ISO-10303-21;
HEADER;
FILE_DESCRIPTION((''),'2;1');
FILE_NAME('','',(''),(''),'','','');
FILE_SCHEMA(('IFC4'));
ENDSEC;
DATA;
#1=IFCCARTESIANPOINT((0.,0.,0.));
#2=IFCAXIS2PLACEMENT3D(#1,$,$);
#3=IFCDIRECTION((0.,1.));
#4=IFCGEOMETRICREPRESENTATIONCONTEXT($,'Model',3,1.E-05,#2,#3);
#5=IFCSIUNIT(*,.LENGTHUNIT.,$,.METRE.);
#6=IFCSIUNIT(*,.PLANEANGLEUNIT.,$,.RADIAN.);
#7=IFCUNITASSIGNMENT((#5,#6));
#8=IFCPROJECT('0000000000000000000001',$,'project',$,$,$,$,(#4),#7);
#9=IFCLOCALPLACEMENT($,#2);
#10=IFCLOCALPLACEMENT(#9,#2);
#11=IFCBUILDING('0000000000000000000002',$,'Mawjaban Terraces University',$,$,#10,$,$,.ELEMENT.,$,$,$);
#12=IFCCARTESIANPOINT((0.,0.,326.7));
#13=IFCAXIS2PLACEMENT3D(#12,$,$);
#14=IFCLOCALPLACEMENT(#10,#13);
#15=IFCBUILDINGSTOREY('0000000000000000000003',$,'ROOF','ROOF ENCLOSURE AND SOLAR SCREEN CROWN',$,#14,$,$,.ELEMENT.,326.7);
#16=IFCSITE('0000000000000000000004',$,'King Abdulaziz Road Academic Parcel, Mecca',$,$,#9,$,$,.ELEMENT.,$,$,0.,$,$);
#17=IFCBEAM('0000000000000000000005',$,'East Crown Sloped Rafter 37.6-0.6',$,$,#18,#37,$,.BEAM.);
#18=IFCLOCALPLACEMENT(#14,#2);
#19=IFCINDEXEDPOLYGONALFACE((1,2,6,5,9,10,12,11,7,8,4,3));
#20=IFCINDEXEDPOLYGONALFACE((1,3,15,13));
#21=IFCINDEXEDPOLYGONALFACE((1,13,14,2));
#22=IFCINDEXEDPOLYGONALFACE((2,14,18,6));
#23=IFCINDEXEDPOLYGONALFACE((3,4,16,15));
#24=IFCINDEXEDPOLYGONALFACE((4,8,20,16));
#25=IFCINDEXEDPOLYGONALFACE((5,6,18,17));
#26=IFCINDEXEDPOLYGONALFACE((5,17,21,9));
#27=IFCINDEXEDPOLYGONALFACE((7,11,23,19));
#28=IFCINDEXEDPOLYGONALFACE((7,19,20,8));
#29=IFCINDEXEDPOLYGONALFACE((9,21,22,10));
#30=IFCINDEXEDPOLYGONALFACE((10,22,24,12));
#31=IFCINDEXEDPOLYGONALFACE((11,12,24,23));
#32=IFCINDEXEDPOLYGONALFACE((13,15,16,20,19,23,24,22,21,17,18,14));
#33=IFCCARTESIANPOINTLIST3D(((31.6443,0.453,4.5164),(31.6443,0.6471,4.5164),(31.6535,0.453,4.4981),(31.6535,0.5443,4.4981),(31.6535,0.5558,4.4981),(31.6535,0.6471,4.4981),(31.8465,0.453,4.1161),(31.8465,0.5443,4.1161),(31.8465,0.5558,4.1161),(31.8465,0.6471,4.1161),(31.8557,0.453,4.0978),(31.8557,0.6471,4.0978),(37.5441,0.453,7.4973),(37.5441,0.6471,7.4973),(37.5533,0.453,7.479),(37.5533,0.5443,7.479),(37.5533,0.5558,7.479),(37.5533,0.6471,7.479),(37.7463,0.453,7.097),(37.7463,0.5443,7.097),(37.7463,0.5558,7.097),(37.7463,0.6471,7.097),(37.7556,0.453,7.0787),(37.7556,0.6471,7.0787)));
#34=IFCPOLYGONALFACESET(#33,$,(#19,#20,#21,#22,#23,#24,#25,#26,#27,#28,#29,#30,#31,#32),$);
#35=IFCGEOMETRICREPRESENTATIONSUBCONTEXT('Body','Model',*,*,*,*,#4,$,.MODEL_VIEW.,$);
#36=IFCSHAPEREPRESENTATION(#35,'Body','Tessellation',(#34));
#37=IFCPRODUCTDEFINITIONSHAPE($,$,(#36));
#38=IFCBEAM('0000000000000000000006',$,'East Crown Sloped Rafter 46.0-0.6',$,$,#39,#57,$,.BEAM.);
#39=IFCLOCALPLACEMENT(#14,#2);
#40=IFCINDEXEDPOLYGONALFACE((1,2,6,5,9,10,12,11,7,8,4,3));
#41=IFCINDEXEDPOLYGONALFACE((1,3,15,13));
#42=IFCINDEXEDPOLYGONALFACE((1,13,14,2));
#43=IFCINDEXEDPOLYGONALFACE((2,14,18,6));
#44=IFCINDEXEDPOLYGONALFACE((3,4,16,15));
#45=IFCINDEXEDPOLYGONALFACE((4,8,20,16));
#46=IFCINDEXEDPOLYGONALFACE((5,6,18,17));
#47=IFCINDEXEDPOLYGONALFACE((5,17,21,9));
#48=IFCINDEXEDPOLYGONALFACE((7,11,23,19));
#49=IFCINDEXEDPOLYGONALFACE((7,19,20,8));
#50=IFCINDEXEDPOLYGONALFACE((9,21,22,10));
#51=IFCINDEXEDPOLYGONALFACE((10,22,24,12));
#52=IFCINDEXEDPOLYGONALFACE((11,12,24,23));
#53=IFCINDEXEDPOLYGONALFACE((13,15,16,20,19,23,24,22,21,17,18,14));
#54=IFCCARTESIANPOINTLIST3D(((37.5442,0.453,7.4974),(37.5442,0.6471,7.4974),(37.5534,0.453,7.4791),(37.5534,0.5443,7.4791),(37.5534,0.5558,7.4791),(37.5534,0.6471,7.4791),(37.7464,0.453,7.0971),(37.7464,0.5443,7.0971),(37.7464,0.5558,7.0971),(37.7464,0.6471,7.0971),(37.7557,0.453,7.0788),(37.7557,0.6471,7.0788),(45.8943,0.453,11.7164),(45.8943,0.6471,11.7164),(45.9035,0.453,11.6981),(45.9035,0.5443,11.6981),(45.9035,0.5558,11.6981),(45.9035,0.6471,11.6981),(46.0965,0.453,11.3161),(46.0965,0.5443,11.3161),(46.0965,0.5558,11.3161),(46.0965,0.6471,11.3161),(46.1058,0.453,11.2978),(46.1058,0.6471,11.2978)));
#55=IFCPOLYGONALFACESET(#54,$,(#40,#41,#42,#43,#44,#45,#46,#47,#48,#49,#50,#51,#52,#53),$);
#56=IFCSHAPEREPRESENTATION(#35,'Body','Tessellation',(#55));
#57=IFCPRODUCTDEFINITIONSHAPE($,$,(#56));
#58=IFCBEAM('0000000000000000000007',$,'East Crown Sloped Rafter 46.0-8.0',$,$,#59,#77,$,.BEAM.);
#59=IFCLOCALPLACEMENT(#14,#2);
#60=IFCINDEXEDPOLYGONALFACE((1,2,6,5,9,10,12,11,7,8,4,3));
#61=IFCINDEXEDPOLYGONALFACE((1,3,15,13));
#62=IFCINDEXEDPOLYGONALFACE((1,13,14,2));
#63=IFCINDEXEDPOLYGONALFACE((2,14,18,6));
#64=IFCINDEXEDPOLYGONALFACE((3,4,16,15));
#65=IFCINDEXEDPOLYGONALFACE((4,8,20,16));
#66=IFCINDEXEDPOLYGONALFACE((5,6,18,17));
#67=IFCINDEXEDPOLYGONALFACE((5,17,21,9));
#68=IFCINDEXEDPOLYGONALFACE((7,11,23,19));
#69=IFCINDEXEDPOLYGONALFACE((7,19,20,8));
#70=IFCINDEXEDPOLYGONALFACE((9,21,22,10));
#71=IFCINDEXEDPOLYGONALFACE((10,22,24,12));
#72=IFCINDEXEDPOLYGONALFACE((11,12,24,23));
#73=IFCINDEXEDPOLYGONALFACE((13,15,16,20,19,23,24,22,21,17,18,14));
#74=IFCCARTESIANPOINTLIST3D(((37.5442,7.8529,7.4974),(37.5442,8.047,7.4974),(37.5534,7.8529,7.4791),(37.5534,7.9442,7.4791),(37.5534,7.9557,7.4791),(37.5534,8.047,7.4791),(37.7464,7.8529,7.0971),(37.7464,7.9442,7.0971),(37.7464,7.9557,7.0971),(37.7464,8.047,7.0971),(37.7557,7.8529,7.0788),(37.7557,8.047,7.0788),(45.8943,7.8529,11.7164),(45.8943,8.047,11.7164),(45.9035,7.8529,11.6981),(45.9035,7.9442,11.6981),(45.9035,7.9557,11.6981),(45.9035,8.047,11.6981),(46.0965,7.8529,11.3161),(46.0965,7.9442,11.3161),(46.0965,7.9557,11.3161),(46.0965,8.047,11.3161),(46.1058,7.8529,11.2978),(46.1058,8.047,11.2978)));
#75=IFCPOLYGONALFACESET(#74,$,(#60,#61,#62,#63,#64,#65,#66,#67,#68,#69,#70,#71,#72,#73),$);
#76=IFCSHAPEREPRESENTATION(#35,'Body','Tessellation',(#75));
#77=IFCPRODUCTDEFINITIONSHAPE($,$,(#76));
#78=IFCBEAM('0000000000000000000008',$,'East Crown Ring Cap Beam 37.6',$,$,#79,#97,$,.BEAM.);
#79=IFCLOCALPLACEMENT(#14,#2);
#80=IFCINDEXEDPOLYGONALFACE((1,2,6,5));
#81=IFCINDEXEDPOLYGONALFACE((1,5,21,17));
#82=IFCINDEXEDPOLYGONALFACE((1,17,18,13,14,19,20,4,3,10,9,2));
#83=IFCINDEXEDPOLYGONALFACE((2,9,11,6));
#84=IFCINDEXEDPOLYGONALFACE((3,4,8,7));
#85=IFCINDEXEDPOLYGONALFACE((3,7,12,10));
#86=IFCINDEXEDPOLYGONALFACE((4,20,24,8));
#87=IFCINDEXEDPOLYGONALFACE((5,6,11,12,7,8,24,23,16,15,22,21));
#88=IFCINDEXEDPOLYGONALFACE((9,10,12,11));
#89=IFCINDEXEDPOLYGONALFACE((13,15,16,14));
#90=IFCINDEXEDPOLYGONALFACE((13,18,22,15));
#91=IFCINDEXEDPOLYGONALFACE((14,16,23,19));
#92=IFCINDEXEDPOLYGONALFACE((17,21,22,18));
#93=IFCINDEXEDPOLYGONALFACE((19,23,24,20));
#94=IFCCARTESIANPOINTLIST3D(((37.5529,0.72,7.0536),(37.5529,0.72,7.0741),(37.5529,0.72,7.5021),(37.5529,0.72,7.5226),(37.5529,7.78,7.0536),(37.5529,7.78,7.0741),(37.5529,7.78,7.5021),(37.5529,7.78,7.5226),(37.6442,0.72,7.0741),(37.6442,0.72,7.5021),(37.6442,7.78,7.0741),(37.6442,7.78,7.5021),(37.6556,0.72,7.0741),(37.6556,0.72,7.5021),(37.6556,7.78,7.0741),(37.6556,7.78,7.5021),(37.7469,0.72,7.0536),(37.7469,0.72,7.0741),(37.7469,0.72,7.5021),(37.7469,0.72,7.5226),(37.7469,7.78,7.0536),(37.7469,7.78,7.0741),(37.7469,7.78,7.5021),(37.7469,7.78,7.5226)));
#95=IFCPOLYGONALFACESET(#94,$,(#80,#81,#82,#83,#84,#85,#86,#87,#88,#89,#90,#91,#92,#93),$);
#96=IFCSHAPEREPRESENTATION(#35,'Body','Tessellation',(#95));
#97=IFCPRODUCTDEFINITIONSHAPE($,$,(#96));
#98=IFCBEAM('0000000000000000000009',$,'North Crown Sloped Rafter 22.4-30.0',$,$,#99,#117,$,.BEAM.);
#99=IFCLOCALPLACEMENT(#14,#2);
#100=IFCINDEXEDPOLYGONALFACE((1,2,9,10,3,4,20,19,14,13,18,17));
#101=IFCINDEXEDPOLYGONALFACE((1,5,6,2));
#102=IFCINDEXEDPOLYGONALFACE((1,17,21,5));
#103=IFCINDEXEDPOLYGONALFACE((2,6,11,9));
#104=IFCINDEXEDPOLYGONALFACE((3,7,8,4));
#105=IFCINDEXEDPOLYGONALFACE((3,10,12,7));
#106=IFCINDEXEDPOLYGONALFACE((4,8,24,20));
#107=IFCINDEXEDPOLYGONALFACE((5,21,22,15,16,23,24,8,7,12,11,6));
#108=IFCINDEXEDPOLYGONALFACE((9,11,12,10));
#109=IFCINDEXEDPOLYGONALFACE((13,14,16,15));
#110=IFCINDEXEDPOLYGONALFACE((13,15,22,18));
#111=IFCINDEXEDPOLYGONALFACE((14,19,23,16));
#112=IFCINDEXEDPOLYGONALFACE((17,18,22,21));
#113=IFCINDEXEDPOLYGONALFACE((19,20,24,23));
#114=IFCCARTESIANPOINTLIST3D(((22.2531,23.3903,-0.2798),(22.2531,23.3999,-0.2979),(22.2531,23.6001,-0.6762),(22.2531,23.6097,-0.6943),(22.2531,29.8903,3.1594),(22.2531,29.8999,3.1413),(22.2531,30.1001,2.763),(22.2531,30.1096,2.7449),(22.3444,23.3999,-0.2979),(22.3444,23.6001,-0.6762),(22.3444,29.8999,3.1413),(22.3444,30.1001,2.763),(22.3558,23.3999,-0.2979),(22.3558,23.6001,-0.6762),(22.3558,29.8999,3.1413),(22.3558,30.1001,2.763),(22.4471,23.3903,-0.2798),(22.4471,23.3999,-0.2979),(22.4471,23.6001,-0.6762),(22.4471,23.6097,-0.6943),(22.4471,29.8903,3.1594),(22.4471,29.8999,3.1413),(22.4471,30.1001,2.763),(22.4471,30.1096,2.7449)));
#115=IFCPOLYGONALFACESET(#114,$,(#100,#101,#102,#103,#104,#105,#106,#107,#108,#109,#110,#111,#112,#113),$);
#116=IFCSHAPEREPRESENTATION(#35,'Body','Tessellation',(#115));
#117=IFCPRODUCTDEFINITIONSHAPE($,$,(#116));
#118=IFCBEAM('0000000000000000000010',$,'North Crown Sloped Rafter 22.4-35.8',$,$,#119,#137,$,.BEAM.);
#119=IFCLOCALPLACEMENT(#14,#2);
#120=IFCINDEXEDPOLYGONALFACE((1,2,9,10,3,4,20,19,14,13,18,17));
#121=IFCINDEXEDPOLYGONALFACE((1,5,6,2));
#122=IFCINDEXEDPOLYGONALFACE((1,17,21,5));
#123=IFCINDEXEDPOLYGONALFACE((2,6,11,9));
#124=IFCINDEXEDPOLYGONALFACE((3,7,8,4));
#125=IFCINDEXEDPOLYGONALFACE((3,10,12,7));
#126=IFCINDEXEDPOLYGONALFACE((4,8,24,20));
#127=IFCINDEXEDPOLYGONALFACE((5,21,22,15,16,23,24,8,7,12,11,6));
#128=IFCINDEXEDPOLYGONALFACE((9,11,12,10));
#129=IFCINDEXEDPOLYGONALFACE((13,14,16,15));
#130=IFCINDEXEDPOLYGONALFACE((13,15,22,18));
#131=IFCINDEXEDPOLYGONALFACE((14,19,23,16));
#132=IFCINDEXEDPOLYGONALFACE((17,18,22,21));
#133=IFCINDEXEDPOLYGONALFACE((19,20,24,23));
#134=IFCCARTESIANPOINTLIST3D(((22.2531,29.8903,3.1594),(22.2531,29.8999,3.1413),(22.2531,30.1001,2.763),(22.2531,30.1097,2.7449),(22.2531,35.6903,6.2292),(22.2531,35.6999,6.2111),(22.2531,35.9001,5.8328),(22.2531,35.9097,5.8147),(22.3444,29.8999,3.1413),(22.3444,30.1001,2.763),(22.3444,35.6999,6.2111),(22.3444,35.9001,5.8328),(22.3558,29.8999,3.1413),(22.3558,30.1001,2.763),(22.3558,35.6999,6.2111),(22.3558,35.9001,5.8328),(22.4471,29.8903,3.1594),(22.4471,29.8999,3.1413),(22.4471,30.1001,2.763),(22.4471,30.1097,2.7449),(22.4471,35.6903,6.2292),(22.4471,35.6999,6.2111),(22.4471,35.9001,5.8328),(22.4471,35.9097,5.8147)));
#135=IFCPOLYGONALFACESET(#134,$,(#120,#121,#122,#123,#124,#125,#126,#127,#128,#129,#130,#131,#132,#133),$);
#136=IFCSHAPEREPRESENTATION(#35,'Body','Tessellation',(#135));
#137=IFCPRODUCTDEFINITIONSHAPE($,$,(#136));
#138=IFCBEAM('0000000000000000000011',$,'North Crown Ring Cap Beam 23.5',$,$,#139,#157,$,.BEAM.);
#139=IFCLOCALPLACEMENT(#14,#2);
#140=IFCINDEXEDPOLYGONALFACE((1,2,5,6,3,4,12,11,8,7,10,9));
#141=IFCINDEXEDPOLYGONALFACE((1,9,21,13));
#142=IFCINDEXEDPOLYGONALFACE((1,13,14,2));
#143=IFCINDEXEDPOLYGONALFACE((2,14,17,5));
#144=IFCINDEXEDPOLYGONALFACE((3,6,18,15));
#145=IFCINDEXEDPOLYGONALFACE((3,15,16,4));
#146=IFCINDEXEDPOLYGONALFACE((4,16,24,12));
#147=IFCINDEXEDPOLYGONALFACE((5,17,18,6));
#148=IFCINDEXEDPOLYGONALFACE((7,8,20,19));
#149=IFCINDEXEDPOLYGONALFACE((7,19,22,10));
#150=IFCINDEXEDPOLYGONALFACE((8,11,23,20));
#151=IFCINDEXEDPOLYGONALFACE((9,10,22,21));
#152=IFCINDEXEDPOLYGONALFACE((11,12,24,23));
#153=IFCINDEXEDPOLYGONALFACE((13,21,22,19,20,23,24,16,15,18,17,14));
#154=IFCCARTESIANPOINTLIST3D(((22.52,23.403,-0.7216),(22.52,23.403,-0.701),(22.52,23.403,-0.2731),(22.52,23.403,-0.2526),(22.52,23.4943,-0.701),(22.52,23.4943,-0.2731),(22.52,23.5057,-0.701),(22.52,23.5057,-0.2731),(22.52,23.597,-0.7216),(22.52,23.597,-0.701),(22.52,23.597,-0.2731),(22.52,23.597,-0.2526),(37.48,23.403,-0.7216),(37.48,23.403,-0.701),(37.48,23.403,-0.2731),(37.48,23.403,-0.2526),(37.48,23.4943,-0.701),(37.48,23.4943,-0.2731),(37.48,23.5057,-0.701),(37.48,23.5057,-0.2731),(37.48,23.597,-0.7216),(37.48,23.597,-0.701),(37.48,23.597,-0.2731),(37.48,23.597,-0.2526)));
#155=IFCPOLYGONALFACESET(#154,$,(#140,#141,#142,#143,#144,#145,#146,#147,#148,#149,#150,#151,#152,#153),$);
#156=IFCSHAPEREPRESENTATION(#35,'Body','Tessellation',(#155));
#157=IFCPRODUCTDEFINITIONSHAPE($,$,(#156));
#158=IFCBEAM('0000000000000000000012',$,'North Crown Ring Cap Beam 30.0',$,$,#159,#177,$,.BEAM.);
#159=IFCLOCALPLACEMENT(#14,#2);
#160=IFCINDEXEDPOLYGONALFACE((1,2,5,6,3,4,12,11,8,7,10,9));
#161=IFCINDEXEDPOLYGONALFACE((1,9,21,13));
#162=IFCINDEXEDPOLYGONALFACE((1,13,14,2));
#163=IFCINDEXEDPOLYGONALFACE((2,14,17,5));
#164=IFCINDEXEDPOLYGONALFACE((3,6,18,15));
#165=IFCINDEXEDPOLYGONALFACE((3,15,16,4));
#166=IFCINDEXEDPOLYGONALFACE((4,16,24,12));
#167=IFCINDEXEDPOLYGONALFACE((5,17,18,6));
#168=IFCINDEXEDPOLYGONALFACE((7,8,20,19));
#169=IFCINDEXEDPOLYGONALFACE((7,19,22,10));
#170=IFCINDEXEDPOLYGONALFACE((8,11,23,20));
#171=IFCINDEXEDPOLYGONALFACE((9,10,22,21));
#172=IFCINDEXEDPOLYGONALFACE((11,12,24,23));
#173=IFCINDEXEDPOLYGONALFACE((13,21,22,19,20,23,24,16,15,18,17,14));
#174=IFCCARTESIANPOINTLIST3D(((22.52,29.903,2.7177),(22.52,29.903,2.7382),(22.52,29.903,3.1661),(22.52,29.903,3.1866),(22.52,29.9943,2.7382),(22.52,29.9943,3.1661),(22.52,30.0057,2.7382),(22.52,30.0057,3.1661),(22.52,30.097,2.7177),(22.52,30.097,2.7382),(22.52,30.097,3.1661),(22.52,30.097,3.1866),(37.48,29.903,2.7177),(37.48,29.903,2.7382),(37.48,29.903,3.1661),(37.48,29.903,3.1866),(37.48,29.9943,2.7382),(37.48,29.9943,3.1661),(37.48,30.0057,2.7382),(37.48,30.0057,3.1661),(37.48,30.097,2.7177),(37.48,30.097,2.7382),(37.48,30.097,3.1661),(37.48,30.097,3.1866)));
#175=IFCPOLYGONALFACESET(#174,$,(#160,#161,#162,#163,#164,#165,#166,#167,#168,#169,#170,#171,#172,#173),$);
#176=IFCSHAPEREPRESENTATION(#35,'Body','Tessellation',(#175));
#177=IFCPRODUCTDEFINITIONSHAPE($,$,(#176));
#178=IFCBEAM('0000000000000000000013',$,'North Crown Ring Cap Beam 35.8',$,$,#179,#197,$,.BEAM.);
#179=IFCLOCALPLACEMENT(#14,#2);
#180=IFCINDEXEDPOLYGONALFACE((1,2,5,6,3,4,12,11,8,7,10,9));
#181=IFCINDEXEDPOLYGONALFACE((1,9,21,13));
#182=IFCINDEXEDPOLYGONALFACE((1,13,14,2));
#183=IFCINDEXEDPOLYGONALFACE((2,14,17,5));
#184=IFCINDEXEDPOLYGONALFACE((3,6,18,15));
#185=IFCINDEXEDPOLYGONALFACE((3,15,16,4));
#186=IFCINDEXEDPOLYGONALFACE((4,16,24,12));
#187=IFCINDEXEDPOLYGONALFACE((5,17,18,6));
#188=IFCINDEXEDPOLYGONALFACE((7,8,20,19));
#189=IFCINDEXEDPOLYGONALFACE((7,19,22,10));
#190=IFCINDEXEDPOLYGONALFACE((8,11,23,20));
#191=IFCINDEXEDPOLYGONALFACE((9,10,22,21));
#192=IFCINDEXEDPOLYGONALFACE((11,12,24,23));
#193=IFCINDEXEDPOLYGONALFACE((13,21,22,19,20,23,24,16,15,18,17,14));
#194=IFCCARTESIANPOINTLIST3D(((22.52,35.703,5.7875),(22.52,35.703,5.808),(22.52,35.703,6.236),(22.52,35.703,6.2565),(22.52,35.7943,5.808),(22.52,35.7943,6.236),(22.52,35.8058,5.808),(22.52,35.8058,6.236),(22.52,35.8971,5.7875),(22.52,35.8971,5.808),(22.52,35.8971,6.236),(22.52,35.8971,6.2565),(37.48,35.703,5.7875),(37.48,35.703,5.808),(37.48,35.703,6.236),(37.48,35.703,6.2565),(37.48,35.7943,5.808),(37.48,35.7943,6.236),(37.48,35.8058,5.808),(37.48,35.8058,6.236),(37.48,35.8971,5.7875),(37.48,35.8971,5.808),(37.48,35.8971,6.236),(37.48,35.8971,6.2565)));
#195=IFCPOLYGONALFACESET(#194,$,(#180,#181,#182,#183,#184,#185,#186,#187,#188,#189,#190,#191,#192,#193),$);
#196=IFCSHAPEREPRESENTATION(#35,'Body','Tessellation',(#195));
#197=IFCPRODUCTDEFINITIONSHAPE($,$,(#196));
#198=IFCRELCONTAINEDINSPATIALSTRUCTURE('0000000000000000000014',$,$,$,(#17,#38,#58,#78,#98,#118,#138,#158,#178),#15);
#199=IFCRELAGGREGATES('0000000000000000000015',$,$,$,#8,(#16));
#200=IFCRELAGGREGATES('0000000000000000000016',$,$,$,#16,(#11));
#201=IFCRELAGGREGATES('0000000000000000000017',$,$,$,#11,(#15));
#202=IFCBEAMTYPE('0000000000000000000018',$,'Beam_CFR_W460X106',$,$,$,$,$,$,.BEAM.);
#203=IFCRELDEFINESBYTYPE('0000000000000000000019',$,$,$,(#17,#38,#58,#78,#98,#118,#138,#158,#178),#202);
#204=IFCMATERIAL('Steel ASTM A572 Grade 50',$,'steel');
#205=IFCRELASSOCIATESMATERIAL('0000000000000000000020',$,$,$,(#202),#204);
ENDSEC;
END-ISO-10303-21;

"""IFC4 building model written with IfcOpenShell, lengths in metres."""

from ifc_helpers import new_model, si_unit, direction, frame, origin, origin_2d, place, context, subcontext, project, spatial, i_section, extrude, material, material_profile, profile_set, type_object, element, save


model = new_model("IFC4")

# Units and contexts
model_context = context("Model", 3, precision=1e-05, world=origin(), true_north=direction((0.0, 1.0)))
body_context = subcontext(model_context, "Body", "Model", "MODEL_VIEW")
ifc_project = project(units=[si_unit("LENGTHUNIT", "METRE"), si_unit("PLANEANGLEUNIT", "RADIAN")], contexts=[model_context])

# Site, building, storey
site_placement = place(None, origin())
site = spatial("IfcSite", under=ifc_project, at=site_placement, Name="King Abdulaziz Road Academic Parcel, Mecca", CompositionType="ELEMENT", RefElevation=0.0)
building_placement = place(site_placement, origin())
building = spatial("IfcBuilding", under=site, at=building_placement, Name="Mawjaban Terraces University", CompositionType="ELEMENT")
storey_placement = place(building_placement, frame((0.0, 0.0, 326.7)))
storey = spatial("IfcBuildingStorey", under=building, at=storey_placement, Name="ROOF", Description="ROOF ENCLOSURE AND SOLAR SCREEN CROWN", CompositionType="ELEMENT", Elevation=326.7)

# Beams
ifc_material_1 = material(Name="Steel ASTM A572 Grade 50", Category="steel")
ifc_material_profile_1 = material_profile(ifc_material_1, i_section(OverallWidth=0.1941, OverallDepth=0.469, WebThickness=0.0115, FlangeThickness=0.0205, at=origin_2d()), Name="W460X106")
ifc_profile_set_1 = profile_set([ifc_material_profile_1], Name="Steel ASTM A572 Grade 50")
beam_type = type_object("IfcBeamType", Name="Beam_CFR_W460X106", PredefinedType="BEAM", material=ifc_profile_set_1)
beam_1_placement = place(storey_placement, frame((31.75, 0.55, 4.3071), z_axis=(0.892543, 0.0, 0.450962), x_axis=(0.0, 1.0, 0.0)))
element("IfcBeam", 1, at=beam_1_placement, inside=storey, type_object=beam_type, Name="East Crown Sloped Rafter 37.6-0.6", PredefinedType="BEAM", context=body_context, shape_type="SweptSolid", body=[
    extrude(i_section(OverallWidth=0.1941, OverallDepth=0.469, WebThickness=0.0115, FlangeThickness=0.0205, at=origin_2d()), origin(), (0.0, 0.0, 1.0), 6.6101),
])
for number, where, z_axis, x_axis, name in (
    (2, (37.6499, 0.55, 7.2881), (0.89254, 0.0, 0.450967), (0.0, 1.0, 0.0), "East Crown Sloped Rafter 46.0-0.6"),
    (3, (37.6499, 7.95, 7.2881), (0.89254, 0.0, 0.450967), (0.0, 1.0, 0.0), "East Crown Sloped Rafter 46.0-8.0"),
):
    element("IfcBeam", number, at=place(storey_placement, frame(where, z_axis=z_axis, x_axis=x_axis)), inside=storey, type_object=beam_type, Name=name, PredefinedType="BEAM", context=body_context, shape_type="SweptSolid", body=[
        extrude(i_section(OverallWidth=0.1941, OverallDepth=0.469, WebThickness=0.0115, FlangeThickness=0.0205, at=origin_2d()), origin(), (0.0, 0.0, 1.0), 9.3555),
    ])
beam_2_placement = place(storey_placement, frame((37.6499, 0.72, 7.2881), z_axis=(0.0, 1.0, 0.0), x_axis=(-1.0, 0.0, 0.0)))
element("IfcBeam", 4, at=beam_2_placement, inside=storey, type_object=beam_type, Name="East Crown Ring Cap Beam 37.6", PredefinedType="BEAM", context=body_context, shape_type="SweptSolid", body=[
    extrude(i_section(OverallWidth=0.1941, OverallDepth=0.469, WebThickness=0.0115, FlangeThickness=0.0205, at=origin_2d()), origin(), (0.0, 0.0, 1.0), 7.0601),
])
beam_3_placement = place(storey_placement, frame((22.3501, 23.5, -0.4871), z_axis=(0.0, 0.883899, 0.467679), x_axis=(-1.0, 0.0, 0.0)))
element("IfcBeam", 5, at=beam_3_placement, inside=storey, type_object=beam_type, Name="North Crown Sloped Rafter 22.4-30.0", PredefinedType="BEAM", context=body_context, shape_type="SweptSolid", body=[
    extrude(i_section(OverallWidth=0.1941, OverallDepth=0.469, WebThickness=0.0115, FlangeThickness=0.0205, at=origin_2d()), origin(), (0.0, 0.0, 1.0), 7.3538),
])
beam_4_placement = place(storey_placement, frame((22.3501, 30.0, 2.9521), z_axis=(0.0, 0.883838, 0.467794), x_axis=(-1.0, 0.0, 0.0)))
element("IfcBeam", 6, at=beam_4_placement, inside=storey, type_object=beam_type, Name="North Crown Sloped Rafter 22.4-35.8", PredefinedType="BEAM", context=body_context, shape_type="SweptSolid", body=[
    extrude(i_section(OverallWidth=0.1941, OverallDepth=0.469, WebThickness=0.0115, FlangeThickness=0.0205, at=origin_2d()), origin(), (0.0, 0.0, 1.0), 6.5623),
])
for number, where, z_axis, x_axis, name in (
    (7, (22.52, 23.5, -0.4871), (1.0, 0.0, 0.0), (0.0, 1.0, 0.0), "North Crown Ring Cap Beam 23.5"),
    (8, (22.52, 30.0, 2.9521), (1.0, 0.0, 0.0), (0.0, 1.0, 0.0), "North Crown Ring Cap Beam 30.0"),
    (9, (22.52, 35.8, 6.022), (1.0, 0.0, 0.0), (0.0, 1.0, 0.0), "North Crown Ring Cap Beam 35.8"),
):
    element("IfcBeam", number, at=place(storey_placement, frame(where, z_axis=z_axis, x_axis=x_axis)), inside=storey, type_object=beam_type, Name=name, PredefinedType="BEAM", context=body_context, shape_type="SweptSolid", body=[
        extrude(i_section(OverallWidth=0.1941, OverallDepth=0.469, WebThickness=0.0115, FlangeThickness=0.0205, at=origin_2d()), origin(), (0.0, 0.0, 1.0), 14.96),
    ])

save(model, "model.ifc")
